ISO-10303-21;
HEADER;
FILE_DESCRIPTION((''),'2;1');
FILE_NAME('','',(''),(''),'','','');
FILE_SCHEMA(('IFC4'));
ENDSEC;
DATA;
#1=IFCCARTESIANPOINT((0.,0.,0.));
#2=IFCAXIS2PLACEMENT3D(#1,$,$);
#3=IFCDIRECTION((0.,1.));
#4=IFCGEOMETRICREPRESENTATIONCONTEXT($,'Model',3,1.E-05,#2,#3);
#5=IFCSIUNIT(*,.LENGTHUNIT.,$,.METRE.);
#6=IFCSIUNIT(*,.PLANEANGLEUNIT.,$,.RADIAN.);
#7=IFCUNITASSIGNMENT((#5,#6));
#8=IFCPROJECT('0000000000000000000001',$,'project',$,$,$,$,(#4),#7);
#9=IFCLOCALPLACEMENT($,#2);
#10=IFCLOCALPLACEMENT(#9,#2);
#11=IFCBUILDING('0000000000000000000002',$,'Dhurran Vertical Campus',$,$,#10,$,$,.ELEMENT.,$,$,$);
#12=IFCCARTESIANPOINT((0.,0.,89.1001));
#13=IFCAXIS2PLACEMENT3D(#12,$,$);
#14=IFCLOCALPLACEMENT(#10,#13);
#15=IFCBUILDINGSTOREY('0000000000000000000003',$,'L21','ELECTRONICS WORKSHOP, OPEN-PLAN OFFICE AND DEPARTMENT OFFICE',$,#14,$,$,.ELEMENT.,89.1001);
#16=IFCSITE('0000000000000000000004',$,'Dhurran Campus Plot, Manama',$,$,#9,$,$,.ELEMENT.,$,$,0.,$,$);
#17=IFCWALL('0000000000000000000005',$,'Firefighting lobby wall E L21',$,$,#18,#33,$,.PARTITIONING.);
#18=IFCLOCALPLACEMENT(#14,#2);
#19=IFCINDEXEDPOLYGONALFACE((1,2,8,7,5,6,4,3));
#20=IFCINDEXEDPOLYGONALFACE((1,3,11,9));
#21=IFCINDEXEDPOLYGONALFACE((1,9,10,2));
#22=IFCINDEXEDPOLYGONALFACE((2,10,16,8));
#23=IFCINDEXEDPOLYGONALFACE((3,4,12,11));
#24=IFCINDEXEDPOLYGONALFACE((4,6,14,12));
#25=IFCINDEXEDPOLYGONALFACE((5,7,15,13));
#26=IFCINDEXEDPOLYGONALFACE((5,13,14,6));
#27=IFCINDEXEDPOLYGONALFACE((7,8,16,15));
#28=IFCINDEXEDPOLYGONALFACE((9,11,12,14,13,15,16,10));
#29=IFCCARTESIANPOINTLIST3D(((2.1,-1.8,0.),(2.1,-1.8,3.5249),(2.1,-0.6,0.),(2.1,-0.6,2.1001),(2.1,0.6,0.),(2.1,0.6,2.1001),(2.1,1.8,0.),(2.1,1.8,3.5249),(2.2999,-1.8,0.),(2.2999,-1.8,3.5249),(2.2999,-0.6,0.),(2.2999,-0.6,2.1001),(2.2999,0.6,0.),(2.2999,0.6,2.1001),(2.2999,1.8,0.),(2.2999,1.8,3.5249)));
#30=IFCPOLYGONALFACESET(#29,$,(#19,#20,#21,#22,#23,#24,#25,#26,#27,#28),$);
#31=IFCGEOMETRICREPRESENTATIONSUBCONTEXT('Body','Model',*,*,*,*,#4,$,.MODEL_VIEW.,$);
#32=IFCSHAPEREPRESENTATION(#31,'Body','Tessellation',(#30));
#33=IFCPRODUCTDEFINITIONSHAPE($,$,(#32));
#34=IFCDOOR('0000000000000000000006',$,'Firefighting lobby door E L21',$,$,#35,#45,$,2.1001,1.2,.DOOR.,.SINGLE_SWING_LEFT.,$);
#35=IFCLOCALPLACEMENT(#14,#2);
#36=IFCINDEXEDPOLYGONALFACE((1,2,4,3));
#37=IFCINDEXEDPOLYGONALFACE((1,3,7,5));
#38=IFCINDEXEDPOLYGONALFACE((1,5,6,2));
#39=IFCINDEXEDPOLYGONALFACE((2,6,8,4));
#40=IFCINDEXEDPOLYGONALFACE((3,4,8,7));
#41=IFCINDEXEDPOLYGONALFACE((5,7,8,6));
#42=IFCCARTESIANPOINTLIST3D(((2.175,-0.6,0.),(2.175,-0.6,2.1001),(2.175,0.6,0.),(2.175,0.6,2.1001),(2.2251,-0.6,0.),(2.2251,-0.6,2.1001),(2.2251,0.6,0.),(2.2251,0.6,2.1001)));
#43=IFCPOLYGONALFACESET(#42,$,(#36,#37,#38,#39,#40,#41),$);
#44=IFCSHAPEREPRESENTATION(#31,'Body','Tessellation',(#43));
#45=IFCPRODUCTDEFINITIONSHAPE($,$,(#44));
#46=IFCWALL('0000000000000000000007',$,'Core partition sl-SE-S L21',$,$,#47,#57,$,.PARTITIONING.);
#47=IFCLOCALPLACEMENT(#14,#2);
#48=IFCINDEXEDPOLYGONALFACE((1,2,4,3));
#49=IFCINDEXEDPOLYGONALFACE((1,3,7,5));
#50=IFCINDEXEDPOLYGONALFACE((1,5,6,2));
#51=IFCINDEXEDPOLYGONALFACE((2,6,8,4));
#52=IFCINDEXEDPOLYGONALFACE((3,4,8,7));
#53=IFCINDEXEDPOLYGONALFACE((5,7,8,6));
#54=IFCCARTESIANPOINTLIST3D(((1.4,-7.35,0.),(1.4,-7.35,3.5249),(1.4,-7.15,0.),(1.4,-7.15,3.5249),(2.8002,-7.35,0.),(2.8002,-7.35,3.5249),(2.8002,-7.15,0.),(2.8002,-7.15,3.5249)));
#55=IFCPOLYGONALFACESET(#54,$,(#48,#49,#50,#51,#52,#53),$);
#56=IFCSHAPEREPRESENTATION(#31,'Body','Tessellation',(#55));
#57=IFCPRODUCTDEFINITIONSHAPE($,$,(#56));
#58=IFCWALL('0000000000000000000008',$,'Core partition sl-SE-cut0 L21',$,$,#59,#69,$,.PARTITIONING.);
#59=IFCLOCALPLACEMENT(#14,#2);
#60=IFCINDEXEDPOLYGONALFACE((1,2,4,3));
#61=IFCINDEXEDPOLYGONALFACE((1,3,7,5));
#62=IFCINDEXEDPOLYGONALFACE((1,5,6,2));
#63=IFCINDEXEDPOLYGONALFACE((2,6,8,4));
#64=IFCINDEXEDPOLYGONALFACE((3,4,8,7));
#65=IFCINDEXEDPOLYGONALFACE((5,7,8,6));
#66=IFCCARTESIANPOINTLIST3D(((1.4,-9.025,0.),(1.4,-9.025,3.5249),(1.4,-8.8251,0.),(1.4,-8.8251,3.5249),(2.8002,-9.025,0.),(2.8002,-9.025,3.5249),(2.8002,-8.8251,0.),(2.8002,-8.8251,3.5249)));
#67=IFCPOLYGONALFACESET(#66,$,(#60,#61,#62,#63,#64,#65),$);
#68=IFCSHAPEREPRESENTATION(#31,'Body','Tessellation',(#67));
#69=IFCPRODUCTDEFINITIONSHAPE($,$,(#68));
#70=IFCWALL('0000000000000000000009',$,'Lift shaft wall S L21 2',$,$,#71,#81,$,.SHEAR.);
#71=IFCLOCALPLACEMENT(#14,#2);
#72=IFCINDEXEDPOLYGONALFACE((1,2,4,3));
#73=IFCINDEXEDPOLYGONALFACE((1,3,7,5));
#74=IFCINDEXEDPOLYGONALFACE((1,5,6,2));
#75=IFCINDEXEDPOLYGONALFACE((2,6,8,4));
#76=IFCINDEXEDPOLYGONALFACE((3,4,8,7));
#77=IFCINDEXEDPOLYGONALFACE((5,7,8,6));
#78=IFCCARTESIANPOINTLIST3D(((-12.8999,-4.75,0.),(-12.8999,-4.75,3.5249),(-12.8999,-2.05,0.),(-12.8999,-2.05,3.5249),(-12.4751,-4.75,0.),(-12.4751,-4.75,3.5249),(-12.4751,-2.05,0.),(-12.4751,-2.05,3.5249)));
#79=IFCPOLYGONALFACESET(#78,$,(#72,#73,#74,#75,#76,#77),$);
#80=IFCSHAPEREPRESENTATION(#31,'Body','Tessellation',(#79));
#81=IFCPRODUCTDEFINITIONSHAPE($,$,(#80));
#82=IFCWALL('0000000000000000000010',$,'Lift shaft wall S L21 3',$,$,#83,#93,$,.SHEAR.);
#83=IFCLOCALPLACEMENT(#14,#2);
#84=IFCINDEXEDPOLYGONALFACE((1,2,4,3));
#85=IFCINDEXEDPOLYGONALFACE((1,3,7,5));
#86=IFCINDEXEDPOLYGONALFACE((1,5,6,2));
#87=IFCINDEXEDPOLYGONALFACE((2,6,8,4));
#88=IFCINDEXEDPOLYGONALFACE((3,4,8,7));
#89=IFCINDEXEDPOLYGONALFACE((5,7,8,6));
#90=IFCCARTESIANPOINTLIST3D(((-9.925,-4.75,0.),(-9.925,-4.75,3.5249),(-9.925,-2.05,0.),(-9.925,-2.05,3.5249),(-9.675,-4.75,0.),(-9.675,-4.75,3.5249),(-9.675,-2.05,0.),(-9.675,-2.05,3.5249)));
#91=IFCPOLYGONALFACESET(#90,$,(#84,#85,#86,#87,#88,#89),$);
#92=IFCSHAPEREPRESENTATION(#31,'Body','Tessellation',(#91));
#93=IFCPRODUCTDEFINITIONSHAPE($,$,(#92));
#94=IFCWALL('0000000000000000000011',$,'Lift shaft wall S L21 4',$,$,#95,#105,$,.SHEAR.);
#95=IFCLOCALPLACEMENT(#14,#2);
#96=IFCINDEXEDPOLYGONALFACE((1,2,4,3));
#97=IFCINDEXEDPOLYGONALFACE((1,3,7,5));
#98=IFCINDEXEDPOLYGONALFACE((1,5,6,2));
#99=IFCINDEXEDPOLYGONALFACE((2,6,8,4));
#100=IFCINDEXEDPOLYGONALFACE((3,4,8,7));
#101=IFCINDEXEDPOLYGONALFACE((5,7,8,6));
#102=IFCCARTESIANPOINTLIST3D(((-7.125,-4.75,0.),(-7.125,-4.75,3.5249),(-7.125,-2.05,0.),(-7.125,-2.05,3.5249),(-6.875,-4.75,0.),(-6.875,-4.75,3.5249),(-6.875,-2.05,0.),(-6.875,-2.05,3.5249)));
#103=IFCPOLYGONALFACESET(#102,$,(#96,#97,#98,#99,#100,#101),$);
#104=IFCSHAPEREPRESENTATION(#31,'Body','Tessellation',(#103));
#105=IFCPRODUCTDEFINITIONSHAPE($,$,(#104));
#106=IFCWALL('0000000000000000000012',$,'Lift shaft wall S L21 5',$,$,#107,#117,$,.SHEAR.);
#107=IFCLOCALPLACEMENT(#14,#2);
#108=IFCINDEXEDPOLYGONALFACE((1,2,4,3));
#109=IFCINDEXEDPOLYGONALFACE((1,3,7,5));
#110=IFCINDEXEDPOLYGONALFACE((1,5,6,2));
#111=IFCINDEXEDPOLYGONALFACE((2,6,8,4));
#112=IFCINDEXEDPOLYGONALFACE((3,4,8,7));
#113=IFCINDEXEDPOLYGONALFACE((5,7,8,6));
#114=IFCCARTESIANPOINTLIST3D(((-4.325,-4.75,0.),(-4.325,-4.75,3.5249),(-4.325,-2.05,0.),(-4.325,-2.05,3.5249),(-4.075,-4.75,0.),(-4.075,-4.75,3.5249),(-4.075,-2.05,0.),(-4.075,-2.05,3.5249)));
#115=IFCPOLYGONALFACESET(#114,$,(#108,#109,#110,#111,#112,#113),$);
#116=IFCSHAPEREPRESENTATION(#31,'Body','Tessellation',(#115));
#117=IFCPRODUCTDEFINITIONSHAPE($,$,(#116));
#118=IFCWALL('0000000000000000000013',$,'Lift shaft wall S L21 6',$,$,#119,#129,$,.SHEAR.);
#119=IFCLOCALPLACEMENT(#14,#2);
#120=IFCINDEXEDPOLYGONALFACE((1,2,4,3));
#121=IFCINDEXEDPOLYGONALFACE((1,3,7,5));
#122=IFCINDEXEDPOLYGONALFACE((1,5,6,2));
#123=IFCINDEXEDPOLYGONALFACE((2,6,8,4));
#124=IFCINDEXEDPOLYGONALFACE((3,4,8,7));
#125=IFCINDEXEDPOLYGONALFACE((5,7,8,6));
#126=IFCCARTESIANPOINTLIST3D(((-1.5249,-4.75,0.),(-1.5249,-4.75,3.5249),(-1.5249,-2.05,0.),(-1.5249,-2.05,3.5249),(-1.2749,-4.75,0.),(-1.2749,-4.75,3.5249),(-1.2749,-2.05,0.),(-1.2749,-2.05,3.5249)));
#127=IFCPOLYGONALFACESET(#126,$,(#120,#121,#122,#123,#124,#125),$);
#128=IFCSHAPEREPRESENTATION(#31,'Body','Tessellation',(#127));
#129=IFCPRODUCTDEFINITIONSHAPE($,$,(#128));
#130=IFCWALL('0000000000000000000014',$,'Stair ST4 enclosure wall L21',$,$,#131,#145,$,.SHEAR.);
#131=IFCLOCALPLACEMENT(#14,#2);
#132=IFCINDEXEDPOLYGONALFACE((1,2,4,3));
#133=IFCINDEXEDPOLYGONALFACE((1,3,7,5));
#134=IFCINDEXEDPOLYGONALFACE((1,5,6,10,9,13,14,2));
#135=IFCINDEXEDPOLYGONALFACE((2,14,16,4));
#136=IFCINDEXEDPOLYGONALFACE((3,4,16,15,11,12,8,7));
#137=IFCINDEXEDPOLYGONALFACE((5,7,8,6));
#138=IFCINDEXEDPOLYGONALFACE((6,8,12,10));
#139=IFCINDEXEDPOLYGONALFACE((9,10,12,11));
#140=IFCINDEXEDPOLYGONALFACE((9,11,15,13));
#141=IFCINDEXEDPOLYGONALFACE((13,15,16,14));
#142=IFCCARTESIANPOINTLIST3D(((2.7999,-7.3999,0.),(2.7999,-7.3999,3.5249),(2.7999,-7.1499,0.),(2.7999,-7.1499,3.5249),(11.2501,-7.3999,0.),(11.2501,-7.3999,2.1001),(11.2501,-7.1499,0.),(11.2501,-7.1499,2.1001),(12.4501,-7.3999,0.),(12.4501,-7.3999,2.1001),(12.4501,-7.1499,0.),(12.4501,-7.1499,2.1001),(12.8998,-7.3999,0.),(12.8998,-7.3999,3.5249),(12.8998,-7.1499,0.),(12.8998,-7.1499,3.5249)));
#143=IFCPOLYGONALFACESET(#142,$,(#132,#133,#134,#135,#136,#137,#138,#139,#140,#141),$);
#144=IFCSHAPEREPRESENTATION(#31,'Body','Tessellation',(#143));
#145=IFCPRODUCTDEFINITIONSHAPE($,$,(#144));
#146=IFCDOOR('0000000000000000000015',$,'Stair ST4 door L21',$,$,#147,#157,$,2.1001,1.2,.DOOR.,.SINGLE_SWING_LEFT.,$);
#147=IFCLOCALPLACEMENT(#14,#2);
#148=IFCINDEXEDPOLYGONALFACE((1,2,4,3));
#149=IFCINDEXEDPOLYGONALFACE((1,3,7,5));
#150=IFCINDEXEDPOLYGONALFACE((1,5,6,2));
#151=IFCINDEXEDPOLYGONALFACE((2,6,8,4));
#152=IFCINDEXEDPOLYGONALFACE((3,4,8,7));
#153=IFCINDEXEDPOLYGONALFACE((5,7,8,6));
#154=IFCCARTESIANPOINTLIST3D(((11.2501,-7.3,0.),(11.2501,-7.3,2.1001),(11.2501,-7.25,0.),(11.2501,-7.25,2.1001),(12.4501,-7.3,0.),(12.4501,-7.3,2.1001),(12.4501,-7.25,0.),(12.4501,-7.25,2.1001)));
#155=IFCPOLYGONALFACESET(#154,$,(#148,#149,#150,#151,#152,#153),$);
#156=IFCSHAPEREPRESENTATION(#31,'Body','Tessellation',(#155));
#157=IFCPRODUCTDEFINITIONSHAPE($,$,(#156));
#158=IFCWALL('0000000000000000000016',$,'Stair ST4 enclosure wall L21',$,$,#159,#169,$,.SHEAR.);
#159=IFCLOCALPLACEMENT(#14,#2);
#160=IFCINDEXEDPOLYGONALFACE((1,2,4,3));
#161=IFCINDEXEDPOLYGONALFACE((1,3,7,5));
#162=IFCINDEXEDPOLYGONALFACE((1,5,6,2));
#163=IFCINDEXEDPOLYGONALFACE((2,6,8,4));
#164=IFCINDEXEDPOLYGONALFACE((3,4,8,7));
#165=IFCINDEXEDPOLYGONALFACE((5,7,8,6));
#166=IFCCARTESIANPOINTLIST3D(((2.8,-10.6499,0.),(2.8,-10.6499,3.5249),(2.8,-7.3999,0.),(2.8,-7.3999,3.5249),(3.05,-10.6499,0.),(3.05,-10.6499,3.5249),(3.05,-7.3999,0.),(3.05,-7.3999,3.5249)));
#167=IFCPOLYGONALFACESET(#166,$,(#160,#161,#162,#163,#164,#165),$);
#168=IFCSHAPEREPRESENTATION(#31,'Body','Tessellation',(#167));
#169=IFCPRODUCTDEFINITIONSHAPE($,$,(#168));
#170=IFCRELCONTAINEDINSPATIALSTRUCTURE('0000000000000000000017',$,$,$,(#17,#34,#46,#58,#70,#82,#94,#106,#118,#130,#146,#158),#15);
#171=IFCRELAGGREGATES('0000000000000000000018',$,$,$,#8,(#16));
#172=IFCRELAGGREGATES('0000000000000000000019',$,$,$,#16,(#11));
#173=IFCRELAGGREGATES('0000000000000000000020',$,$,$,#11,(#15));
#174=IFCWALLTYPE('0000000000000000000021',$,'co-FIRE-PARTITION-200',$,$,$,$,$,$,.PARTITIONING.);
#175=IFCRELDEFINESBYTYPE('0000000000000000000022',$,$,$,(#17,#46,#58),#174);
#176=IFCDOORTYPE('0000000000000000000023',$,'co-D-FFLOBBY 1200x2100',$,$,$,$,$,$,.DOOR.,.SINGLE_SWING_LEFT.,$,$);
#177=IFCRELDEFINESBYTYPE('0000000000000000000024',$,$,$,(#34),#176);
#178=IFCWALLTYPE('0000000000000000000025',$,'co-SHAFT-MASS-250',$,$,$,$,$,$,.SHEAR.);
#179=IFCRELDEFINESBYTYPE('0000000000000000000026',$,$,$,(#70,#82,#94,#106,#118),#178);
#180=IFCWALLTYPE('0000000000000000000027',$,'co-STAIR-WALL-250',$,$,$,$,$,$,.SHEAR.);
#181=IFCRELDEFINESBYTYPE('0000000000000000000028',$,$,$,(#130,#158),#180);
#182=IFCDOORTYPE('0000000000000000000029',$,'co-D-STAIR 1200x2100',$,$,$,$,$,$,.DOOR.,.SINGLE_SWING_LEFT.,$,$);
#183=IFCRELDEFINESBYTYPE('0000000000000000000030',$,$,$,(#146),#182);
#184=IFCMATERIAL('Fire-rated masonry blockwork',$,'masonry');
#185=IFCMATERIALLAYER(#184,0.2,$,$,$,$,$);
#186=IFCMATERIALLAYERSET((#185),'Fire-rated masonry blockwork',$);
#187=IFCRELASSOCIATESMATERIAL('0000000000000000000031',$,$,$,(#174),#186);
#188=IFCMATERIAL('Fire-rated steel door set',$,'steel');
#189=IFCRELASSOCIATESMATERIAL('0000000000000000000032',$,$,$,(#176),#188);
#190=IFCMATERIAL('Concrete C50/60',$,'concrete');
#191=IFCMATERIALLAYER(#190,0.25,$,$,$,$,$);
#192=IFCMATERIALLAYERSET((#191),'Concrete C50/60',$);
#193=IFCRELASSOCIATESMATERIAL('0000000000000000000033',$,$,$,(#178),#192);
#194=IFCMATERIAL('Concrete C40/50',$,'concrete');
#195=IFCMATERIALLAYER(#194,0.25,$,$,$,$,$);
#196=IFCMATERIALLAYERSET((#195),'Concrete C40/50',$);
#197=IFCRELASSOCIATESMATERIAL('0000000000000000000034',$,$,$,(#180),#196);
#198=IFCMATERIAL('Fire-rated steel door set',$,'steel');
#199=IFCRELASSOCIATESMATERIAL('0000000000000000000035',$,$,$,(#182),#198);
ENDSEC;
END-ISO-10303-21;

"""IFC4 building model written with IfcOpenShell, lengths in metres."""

from ifc_helpers import new_model, si_unit, direction, frame, frame_2d, origin, place, context, subcontext, project, spatial, polyline, rectangle, outline, extrude, material, layer, layer_set, type_object, element, fill, save


model = new_model("IFC4")

# Units and contexts
model_context = context("Model", 3, precision=1e-05, world=origin(), true_north=direction((0.0, 1.0)))
body_context = subcontext(model_context, "Body", "Model", "MODEL_VIEW")
ifc_project = project(units=[si_unit("LENGTHUNIT", "METRE"), si_unit("PLANEANGLEUNIT", "RADIAN")], contexts=[model_context])

# Site, building, storey
site_placement = place(None, origin())
site = spatial("IfcSite", under=ifc_project, at=site_placement, Name="Dhurran Campus Plot, Manama", CompositionType="ELEMENT", RefElevation=0.0)
building_placement = place(site_placement, origin())
building = spatial("IfcBuilding", under=site, at=building_placement, Name="Dhurran Vertical Campus", CompositionType="ELEMENT")
storey_placement = place(building_placement, frame((0.0, 0.0, 89.1001)))
storey = spatial("IfcBuildingStorey", under=building, at=storey_placement, Name="L21", Description="ELECTRONICS WORKSHOP, OPEN-PLAN OFFICE AND DEPARTMENT OFFICE", CompositionType="ELEMENT", Elevation=89.1001)

# Wall, opening, door
ifc_material_1 = material(Name="Fire-rated masonry blockwork", Category="masonry")
ifc_layer_1 = layer(ifc_material_1, 0.2)
ifc_layer_set_1 = layer_set([ifc_layer_1], Name="Fire-rated masonry blockwork")
wall_type_1 = type_object("IfcWallType", Name="co-FIRE-PARTITION-200", PredefinedType="PARTITIONING", material=ifc_layer_set_1)
wall_1_placement = place(storey_placement, frame((2.2, -1.8, 0.0), z_axis=(0.0, 0.0, 1.0), x_axis=(0.0, 1.0, 0.0)))
wall_1 = element("IfcWall", 1, at=wall_1_placement, inside=storey, type_object=wall_type_1, Name="Firefighting lobby wall E L21", PredefinedType="PARTITIONING", context=body_context, shape_type="SweptSolid", body=[
    extrude(rectangle(XDim=3.6001, YDim=0.2, at=frame_2d((1.8, 0.0))), origin(), (0.0, 0.0, 1.0), 3.5249),
])
opening_1_placement = place(wall_1_placement, frame((1.2, 0.0, 0.0)))
opening_1 = element("IfcOpeningElement", 2, at=opening_1_placement, cuts=wall_1, PredefinedType="OPENING", context=body_context, shape_type="SweptSolid", body=[
    extrude(rectangle(XDim=1.2, YDim=2.1001, at=frame_2d((0.6001, 1.05))), frame((0.0, 0.1099, 0.0), z_axis=(0.0, -1.0, 0.0), x_axis=(1.0, 0.0, 0.0)), (0.0, 0.0, 1.0), 0.22),
])
ifc_material_2 = material(Name="Fire-rated steel door set", Category="steel")
door_type_1 = type_object("IfcDoorType", Name="co-D-FFLOBBY 1200x2100", OperationType="SINGLE_SWING_LEFT", PredefinedType="DOOR", material=ifc_material_2)
door_1_placement = place(opening_1_placement, origin())
door_1 = element("IfcDoor", 3, at=door_1_placement, inside=storey, type_object=door_type_1, Name="Firefighting lobby door E L21", OperationType="SINGLE_SWING_LEFT", OverallHeight=2.1001, OverallWidth=1.2, PredefinedType="DOOR", context=body_context, shape_type="SweptSolid", body=[
    extrude(rectangle(XDim=1.2, YDim=2.1001, at=frame_2d((0.6001, 1.05))), frame((0.0, 0.0249, 0.0), z_axis=(0.0, -1.0, 0.0), x_axis=(1.0, 0.0, 0.0)), (0.0, 0.0, 1.0), 0.05),
])
fill(opening_1, door_1)

# Walls
for number, where, z_axis, x_axis, name in (
    (4, (1.3999, -7.25, 0.0), (0.0, 0.0, 1.0), (1.0, 0.0, 0.0), "Core partition sl-SE-S L21"),
    (5, (1.3999, -8.925, 0.0), (0.0, 0.0, 1.0), (1.0, 0.0, 0.0), "Core partition sl-SE-cut0 L21"),
):
    element("IfcWall", number, at=place(storey_placement, frame(where, z_axis=z_axis, x_axis=x_axis)), inside=storey, type_object=wall_type_1, Name=name, PredefinedType="PARTITIONING", context=body_context, shape_type="SweptSolid", body=[
        extrude(rectangle(XDim=1.4001, YDim=0.2, at=frame_2d((0.7002, 0.0))), origin(), (0.0, 0.0, 1.0), 3.5249),
    ])
ifc_material_3 = material(Name="Concrete C50/60", Category="concrete")
ifc_layer_2 = layer(ifc_material_3, 0.25)
ifc_layer_set_2 = layer_set([ifc_layer_2], Name="Concrete C50/60")
wall_type_2 = type_object("IfcWallType", Name="co-SHAFT-MASS-250", PredefinedType="SHEAR", material=ifc_layer_set_2)
wall_2_placement = place(storey_placement, origin())
element("IfcWall", 6, at=wall_2_placement, inside=storey, type_object=wall_type_2, Name="Lift shaft wall S L21 2", PredefinedType="SHEAR", context=body_context, shape_type="SweptSolid", body=[
    extrude(outline(polyline([(-12.8999, -4.75), (-12.4751, -4.75), (-12.4751, -2.05), (-12.8999, -2.05), (-12.8999, -4.75)])), origin(), (0.0, 0.0, 1.0), 3.5249),
])
wall_3_placement = place(storey_placement, origin())
element("IfcWall", 7, at=wall_3_placement, inside=storey, type_object=wall_type_2, Name="Lift shaft wall S L21 3", PredefinedType="SHEAR", context=body_context, shape_type="SweptSolid", body=[
    extrude(outline(polyline([(-9.925, -4.75), (-9.675, -4.75), (-9.675, -2.05), (-9.925, -2.05), (-9.925, -4.75)])), origin(), (0.0, 0.0, 1.0), 3.5249),
])
wall_4_placement = place(storey_placement, origin())
element("IfcWall", 8, at=wall_4_placement, inside=storey, type_object=wall_type_2, Name="Lift shaft wall S L21 4", PredefinedType="SHEAR", context=body_context, shape_type="SweptSolid", body=[
    extrude(outline(polyline([(-7.125, -4.75), (-6.875, -4.75), (-6.875, -2.05), (-7.125, -2.05), (-7.125, -4.75)])), origin(), (0.0, 0.0, 1.0), 3.5249),
])
wall_5_placement = place(storey_placement, origin())
element("IfcWall", 9, at=wall_5_placement, inside=storey, type_object=wall_type_2, Name="Lift shaft wall S L21 5", PredefinedType="SHEAR", context=body_context, shape_type="SweptSolid", body=[
    extrude(outline(polyline([(-4.325, -4.75), (-4.075, -4.75), (-4.075, -2.05), (-4.325, -2.05), (-4.325, -4.75)])), origin(), (0.0, 0.0, 1.0), 3.5249),
])
wall_6_placement = place(storey_placement, origin())
element("IfcWall", 10, at=wall_6_placement, inside=storey, type_object=wall_type_2, Name="Lift shaft wall S L21 6", PredefinedType="SHEAR", context=body_context, shape_type="SweptSolid", body=[
    extrude(outline(polyline([(-1.5249, -4.75), (-1.2749, -4.75), (-1.2749, -2.05), (-1.5249, -2.05), (-1.5249, -4.75)])), origin(), (0.0, 0.0, 1.0), 3.5249),
])

# Wall, opening, door
ifc_material_4 = material(Name="Concrete C40/50", Category="concrete")
ifc_layer_3 = layer(ifc_material_4, 0.25)
ifc_layer_set_3 = layer_set([ifc_layer_3], Name="Concrete C40/50")
wall_type_3 = type_object("IfcWallType", Name="co-STAIR-WALL-250", PredefinedType="SHEAR", material=ifc_layer_set_3)
wall_7_placement = place(storey_placement, frame((2.8, -7.2749, 0.0), z_axis=(0.0, 0.0, 1.0), x_axis=(1.0, 0.0, 0.0)))
wall_7 = element("IfcWall", 11, at=wall_7_placement, inside=storey, type_object=wall_type_3, Name="Stair ST4 enclosure wall L21", PredefinedType="SHEAR", context=body_context, shape_type="SweptSolid", body=[
    extrude(rectangle(XDim=10.0999, YDim=0.25, at=frame_2d((5.0498, 0.0))), origin(), (0.0, 0.0, 1.0), 3.5249),
])
opening_2_placement = place(wall_7_placement, frame((8.45, 0.0, 0.0)))
opening_2 = element("IfcOpeningElement", 12, at=opening_2_placement, cuts=wall_7, PredefinedType="OPENING", context=body_context, shape_type="SweptSolid", body=[
    extrude(rectangle(XDim=1.2, YDim=2.1001, at=frame_2d((0.6001, 1.05))), frame((0.0, 0.135, 0.0), z_axis=(0.0, -1.0, 0.0), x_axis=(1.0, 0.0, 0.0)), (0.0, 0.0, 1.0), 0.27),
])
ifc_material_5 = material(Name="Fire-rated steel door set", Category="steel")
door_type_2 = type_object("IfcDoorType", Name="co-D-STAIR 1200x2100", OperationType="SINGLE_SWING_LEFT", PredefinedType="DOOR", material=ifc_material_5)
door_2_placement = place(opening_2_placement, origin())
door_2 = element("IfcDoor", 13, at=door_2_placement, inside=storey, type_object=door_type_2, Name="Stair ST4 door L21", OperationType="SINGLE_SWING_LEFT", OverallHeight=2.1001, OverallWidth=1.2, PredefinedType="DOOR", context=body_context, shape_type="SweptSolid", body=[
    extrude(rectangle(XDim=1.2, YDim=2.1001, at=frame_2d((0.6001, 1.05))), frame((0.0, 0.0249, 0.0), z_axis=(0.0, -1.0, 0.0), x_axis=(1.0, 0.0, 0.0)), (0.0, 0.0, 1.0), 0.05),
])
fill(opening_2, door_2)

# Wall
wall_8_placement = place(storey_placement, frame((2.925, -10.6499, 0.0), z_axis=(0.0, 0.0, 1.0), x_axis=(0.0, 1.0, 0.0)))
element("IfcWall", 14, at=wall_8_placement, inside=storey, type_object=wall_type_3, Name="Stair ST4 enclosure wall L21", PredefinedType="SHEAR", context=body_context, shape_type="SweptSolid", body=[
    extrude(rectangle(XDim=3.25, YDim=0.25, at=frame_2d((1.625, 0.0))), origin(), (0.0, 0.0, 1.0), 3.5249),
])

save(model, "model.ifc")
